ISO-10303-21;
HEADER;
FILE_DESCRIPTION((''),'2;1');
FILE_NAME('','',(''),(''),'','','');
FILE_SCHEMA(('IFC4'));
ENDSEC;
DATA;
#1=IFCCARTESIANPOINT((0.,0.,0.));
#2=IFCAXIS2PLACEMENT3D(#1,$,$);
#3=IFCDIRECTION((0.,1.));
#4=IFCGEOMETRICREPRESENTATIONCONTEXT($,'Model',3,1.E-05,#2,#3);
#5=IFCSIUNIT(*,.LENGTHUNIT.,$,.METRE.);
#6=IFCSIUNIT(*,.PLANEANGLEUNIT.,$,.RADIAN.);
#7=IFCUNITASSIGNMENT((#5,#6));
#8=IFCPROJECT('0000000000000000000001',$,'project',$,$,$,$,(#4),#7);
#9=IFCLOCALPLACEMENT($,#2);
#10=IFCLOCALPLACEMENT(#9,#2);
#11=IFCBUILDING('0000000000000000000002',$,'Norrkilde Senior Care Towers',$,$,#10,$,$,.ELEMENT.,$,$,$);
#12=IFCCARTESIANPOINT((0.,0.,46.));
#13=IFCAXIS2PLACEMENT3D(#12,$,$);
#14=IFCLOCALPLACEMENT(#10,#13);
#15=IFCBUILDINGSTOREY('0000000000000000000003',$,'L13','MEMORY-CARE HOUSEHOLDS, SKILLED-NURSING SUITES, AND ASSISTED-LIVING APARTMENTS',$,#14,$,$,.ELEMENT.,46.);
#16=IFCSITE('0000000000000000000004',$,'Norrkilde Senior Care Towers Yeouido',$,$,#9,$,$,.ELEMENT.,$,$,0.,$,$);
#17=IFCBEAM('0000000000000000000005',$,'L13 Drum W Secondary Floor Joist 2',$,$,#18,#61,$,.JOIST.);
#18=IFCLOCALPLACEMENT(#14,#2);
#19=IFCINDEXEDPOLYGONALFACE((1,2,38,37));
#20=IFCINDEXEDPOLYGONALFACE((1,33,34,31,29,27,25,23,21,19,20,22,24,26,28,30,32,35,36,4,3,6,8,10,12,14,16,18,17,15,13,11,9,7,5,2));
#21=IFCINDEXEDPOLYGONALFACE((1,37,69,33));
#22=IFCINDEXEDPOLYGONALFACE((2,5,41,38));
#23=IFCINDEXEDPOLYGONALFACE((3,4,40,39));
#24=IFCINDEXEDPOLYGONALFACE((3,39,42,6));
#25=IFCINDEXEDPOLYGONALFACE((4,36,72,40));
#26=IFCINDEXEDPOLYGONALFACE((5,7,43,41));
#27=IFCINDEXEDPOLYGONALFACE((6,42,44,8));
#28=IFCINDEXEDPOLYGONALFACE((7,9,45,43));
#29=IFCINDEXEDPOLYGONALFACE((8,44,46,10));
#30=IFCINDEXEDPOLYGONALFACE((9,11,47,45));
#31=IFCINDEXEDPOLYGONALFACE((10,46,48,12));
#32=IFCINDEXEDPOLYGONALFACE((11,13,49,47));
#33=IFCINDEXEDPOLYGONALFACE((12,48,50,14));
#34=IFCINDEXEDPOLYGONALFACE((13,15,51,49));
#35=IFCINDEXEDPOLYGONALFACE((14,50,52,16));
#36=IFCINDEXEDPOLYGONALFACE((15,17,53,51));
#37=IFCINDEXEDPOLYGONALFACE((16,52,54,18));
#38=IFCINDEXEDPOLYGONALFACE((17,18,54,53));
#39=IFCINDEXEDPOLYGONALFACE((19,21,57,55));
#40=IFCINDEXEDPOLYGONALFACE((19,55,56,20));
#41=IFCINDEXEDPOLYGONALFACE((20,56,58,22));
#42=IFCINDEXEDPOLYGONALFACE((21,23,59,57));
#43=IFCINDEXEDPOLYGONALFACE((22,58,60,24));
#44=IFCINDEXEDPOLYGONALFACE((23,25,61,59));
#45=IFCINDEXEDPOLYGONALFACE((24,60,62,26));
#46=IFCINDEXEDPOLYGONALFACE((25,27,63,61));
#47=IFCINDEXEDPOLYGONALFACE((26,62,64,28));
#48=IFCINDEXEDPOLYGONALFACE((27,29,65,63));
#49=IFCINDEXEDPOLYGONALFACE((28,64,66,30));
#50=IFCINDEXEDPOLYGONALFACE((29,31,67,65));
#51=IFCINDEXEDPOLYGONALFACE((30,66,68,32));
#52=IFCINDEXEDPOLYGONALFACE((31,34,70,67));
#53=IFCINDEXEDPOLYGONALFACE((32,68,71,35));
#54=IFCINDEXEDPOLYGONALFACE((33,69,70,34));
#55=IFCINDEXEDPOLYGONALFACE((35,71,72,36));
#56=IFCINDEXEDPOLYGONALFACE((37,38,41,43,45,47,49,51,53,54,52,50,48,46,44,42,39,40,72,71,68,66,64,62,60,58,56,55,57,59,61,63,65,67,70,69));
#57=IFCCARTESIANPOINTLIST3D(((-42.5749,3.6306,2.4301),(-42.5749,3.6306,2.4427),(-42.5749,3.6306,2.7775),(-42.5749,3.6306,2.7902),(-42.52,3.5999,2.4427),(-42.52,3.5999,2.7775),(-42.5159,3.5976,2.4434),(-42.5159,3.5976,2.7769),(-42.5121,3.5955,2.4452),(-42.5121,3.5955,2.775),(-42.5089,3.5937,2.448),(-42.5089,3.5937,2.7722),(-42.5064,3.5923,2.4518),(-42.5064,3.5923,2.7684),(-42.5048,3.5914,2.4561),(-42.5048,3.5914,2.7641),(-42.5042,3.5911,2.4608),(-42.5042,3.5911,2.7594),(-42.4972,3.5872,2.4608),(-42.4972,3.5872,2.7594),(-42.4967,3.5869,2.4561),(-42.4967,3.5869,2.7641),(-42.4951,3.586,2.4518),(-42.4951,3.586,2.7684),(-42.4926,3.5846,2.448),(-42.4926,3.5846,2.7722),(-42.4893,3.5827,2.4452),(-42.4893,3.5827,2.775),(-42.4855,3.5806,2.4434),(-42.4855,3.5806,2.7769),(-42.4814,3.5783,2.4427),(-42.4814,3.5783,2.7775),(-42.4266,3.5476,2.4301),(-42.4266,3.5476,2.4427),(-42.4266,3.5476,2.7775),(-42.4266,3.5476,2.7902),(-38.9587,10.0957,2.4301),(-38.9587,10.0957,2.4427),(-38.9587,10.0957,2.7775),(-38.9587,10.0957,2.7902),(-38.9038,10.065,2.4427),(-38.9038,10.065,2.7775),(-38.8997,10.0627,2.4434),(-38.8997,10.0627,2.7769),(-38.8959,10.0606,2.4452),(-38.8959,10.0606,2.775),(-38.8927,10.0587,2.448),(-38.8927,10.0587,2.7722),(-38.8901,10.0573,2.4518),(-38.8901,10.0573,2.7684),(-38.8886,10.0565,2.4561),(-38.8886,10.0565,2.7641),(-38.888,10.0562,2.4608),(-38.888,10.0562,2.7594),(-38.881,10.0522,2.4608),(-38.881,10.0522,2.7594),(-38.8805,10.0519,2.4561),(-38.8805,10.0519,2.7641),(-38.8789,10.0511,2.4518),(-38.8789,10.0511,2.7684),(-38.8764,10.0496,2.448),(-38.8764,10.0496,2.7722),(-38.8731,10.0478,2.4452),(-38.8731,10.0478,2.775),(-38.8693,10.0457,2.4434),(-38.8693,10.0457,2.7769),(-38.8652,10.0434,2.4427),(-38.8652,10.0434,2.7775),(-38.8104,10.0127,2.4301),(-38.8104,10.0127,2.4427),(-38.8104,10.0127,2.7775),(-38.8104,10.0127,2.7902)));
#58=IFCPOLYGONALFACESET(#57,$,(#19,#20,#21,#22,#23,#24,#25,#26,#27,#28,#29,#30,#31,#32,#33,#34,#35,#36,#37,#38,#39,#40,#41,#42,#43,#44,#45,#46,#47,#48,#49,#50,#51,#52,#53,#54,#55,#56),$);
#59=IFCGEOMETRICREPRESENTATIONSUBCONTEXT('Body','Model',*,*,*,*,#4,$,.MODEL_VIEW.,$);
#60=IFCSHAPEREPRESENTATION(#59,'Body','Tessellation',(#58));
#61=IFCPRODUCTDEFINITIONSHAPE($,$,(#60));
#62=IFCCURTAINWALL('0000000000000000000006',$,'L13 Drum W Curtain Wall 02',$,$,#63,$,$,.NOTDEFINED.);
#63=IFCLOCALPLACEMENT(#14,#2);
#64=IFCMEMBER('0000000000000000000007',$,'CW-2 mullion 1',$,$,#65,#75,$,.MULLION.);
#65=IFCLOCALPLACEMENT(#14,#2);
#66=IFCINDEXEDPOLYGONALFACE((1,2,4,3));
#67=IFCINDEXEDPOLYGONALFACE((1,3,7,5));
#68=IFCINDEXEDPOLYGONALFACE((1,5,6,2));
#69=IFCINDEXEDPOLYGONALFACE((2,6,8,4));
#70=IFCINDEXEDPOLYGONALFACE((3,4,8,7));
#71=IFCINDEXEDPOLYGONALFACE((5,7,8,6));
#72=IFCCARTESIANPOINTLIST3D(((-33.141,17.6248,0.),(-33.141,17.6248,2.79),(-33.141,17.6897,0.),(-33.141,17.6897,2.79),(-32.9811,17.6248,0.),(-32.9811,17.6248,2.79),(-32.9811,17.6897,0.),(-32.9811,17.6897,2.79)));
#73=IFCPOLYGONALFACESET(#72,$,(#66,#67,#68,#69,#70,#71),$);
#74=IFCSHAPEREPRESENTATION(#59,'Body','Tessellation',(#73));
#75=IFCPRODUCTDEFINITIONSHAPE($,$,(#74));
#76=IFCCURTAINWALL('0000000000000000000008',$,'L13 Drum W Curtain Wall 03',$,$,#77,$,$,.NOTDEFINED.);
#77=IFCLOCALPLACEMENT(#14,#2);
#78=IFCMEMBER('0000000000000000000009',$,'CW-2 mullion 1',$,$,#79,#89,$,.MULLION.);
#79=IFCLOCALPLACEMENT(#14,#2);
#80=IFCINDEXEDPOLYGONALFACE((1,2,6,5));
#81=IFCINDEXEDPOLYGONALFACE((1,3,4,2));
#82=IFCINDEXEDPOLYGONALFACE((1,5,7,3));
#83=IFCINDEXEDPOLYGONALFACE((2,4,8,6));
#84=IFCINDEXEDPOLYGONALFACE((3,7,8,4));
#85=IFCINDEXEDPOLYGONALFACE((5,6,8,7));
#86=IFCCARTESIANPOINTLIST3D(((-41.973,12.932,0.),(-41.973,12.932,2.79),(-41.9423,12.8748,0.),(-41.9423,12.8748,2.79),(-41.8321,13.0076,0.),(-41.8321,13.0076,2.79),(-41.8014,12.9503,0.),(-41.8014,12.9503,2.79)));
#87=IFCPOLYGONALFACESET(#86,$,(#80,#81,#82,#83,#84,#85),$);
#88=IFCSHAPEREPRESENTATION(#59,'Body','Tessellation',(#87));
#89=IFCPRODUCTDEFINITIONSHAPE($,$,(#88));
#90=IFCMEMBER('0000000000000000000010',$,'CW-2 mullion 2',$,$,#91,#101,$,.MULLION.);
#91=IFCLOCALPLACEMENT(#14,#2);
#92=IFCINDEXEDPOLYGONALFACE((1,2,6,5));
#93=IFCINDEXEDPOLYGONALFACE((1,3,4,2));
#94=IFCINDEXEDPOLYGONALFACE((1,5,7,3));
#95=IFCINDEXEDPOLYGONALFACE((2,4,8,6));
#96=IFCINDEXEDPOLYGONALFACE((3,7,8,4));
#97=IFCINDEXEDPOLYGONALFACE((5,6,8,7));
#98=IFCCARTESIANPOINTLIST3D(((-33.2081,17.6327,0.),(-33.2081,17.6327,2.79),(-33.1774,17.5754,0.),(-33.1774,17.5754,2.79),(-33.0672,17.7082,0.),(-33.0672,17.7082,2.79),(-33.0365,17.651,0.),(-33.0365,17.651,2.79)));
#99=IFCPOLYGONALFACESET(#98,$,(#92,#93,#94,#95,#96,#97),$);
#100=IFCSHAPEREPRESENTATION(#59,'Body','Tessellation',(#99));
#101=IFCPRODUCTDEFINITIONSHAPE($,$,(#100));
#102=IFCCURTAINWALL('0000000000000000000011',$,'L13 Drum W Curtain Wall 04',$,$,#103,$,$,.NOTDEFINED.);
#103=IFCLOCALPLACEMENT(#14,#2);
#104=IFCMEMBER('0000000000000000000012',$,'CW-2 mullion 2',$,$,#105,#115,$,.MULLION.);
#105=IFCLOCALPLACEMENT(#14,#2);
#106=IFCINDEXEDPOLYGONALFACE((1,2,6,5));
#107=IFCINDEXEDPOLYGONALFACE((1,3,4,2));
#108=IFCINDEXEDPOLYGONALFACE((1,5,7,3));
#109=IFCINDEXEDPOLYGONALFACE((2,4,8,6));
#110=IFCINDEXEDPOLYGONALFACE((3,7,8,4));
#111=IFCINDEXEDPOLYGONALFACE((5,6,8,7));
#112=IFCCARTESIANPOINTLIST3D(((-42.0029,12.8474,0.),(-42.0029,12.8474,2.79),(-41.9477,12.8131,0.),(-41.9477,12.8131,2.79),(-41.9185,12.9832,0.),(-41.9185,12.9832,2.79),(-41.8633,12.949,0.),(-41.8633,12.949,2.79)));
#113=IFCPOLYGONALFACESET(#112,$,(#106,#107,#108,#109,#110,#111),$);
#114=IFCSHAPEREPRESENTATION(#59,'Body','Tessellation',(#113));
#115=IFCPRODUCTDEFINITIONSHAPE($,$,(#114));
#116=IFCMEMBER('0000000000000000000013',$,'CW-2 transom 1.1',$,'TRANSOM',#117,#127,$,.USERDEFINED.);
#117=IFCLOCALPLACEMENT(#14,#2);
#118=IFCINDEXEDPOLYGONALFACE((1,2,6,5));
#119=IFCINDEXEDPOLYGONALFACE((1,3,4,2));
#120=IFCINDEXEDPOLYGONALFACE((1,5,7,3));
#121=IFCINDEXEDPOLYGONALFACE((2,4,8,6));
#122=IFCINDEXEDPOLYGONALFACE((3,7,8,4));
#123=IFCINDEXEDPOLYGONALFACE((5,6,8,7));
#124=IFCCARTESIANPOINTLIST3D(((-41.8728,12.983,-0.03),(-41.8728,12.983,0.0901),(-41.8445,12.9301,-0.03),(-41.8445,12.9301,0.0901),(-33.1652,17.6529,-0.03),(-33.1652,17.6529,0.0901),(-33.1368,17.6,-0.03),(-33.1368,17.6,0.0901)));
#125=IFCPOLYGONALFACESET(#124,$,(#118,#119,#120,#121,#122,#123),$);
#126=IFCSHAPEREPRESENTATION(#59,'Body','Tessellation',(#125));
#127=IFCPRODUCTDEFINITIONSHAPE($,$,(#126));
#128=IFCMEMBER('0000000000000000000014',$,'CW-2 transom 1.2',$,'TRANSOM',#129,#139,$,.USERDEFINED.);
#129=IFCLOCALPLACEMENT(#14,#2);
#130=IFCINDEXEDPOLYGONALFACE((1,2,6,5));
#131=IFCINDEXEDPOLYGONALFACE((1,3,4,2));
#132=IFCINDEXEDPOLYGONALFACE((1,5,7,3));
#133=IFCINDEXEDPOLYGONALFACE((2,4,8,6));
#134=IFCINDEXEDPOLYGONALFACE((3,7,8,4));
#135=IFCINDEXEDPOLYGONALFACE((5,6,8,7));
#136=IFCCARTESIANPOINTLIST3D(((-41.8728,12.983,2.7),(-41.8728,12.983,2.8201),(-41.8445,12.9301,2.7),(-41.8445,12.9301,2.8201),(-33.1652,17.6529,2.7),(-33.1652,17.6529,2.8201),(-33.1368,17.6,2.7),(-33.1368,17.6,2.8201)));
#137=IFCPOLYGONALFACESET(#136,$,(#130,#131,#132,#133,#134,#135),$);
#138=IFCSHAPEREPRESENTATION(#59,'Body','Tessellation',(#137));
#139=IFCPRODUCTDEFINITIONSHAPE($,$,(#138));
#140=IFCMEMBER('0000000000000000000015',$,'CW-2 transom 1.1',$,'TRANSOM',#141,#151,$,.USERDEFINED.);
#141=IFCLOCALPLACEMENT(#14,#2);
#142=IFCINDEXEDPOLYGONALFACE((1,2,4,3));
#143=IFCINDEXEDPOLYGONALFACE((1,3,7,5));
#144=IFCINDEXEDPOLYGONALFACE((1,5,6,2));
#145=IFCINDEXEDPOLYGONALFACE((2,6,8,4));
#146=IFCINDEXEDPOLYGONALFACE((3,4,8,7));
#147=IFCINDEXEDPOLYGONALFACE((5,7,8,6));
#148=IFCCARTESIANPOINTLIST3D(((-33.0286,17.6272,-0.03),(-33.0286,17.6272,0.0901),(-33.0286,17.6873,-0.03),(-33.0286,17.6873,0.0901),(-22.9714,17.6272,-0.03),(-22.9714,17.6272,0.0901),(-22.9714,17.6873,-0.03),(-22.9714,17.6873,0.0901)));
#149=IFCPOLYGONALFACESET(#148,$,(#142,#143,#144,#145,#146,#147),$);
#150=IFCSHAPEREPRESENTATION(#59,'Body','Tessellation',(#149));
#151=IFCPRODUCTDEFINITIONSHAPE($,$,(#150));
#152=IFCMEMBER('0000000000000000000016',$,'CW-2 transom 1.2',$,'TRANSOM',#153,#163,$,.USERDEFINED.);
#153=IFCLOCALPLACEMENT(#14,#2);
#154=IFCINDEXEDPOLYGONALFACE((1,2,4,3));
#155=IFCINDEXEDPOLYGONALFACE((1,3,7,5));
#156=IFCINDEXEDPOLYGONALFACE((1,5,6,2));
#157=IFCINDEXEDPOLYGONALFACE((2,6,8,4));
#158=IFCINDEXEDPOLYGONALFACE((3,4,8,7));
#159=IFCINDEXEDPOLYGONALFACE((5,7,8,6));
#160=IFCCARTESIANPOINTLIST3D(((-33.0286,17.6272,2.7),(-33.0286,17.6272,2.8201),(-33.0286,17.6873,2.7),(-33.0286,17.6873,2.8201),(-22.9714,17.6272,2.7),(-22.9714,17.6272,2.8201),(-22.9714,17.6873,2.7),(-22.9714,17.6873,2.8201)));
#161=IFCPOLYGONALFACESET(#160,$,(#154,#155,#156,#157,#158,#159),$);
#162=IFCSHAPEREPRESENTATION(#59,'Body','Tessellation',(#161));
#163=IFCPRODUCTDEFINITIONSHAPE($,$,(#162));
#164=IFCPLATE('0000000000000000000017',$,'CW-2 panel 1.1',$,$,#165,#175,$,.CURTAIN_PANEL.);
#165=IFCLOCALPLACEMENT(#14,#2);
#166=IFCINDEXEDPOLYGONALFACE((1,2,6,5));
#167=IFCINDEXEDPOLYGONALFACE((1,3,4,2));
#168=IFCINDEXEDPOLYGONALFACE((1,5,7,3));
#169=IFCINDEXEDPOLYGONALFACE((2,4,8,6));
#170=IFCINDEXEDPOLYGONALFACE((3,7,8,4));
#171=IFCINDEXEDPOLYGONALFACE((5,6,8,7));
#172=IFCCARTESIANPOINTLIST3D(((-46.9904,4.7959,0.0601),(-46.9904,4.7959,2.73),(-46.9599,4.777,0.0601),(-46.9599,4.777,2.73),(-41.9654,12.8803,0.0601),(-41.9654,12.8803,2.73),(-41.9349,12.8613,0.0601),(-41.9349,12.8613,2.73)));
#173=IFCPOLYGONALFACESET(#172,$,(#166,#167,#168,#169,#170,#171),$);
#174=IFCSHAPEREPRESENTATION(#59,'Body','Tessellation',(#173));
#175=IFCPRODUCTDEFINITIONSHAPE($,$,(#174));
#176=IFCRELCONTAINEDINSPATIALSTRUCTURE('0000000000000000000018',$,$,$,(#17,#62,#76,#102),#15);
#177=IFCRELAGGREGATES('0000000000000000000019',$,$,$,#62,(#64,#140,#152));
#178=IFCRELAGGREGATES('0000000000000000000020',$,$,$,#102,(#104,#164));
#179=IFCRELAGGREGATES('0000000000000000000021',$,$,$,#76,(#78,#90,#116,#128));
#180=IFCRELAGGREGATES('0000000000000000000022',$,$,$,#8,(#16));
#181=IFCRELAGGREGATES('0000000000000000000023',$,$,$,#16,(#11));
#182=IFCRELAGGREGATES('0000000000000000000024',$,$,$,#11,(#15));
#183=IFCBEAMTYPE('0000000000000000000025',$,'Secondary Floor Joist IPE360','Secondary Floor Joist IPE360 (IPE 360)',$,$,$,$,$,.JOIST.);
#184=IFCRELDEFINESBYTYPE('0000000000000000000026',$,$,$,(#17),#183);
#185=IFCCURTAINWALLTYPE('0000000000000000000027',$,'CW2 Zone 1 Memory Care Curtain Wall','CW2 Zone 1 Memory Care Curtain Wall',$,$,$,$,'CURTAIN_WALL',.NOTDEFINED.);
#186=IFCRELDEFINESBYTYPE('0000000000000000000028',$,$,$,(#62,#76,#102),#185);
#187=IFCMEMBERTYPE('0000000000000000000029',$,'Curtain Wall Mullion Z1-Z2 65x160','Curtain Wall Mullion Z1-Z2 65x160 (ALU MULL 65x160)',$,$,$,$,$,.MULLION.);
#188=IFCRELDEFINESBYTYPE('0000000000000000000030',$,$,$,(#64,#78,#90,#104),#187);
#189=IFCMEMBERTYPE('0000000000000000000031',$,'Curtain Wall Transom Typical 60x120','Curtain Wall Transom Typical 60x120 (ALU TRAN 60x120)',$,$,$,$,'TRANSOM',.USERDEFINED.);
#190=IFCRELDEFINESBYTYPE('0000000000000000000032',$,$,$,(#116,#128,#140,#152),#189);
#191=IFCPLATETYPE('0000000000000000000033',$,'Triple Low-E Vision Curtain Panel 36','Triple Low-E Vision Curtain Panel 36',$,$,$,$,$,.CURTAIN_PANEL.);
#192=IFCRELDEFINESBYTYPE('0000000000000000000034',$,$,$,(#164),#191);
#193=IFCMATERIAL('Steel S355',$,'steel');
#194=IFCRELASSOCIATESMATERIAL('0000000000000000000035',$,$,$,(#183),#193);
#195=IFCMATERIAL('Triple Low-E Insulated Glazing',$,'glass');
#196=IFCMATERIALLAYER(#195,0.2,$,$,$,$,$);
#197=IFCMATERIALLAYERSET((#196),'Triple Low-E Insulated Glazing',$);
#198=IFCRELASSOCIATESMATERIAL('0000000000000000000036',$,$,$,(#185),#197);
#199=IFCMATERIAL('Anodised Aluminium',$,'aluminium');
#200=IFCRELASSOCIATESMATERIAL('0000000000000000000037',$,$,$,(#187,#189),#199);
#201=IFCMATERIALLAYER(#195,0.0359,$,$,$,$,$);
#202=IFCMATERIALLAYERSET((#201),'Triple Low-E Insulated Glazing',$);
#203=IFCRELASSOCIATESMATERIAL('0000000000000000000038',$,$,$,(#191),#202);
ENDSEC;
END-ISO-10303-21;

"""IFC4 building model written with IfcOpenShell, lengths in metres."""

from ifc_helpers import new_model, si_unit, direction, frame, origin, origin_2d, place, context, subcontext, project, spatial, rectangle, i_section, extrude, source, transform, mapped, material, layer, layer_set, material_profile, profile_set, type_object, type_shapes, element, aggregate, save


model = new_model("IFC4")

# Units and contexts
model_context = context("Model", 3, precision=1e-05, world=origin(), true_north=direction((0.0, 1.0)))
body_context = subcontext(model_context, "Body", "Model", "MODEL_VIEW")
ifc_project = project(units=[si_unit("LENGTHUNIT", "METRE"), si_unit("PLANEANGLEUNIT", "RADIAN")], contexts=[model_context])

# Site, building, storey
site_placement = place(None, origin())
site = spatial("IfcSite", under=ifc_project, at=site_placement, Name="Norrkilde Senior Care Towers Yeouido", CompositionType="ELEMENT", RefElevation=0.0)
building_placement = place(site_placement, origin())
building = spatial("IfcBuilding", under=site, at=building_placement, Name="Norrkilde Senior Care Towers", CompositionType="ELEMENT")
storey_placement = place(building_placement, frame((0.0, 0.0, 46.0)))
storey = spatial("IfcBuildingStorey", under=building, at=storey_placement, Name="L13", Description="MEMORY-CARE HOUSEHOLDS, SKILLED-NURSING SUITES, AND ASSISTED-LIVING APARTMENTS", CompositionType="ELEMENT", Elevation=46.0)

# Beam
ifc_material_1 = material(Name="Steel S355", Category="steel")
ifc_material_profile_1 = material_profile(ifc_material_1, i_section(OverallWidth=0.1699, OverallDepth=0.3601, WebThickness=0.0081, FlangeThickness=0.0127, FilletRadius=0.0181, at=origin_2d()), Name="IPE 360")
ifc_profile_set_1 = profile_set([ifc_material_profile_1], Name="Steel S355")
beam_type_1 = type_object("IfcBeamType", Name="Secondary Floor Joist IPE360", Description="Secondary Floor Joist IPE360 (IPE 360)", PredefinedType="JOIST", material=ifc_profile_set_1)
shared_shape_1 = source(origin(), body_context, "Body", "SweptSolid", [
    extrude(i_section(OverallWidth=0.1699, OverallDepth=0.3601, WebThickness=0.0081, FlangeThickness=0.0127, FilletRadius=0.0181, at=origin_2d()), origin(), (0.0, 0.0, 1.0), 7.4077),
])
type_shapes(beam_type_1, [shared_shape_1])
beam_1_placement = place(storey_placement, frame((-38.8845, 10.0542, 2.6101), z_axis=(-0.488168, -0.87275, 0.0), x_axis=(0.87275, -0.488168, 0.0)))
element("IfcBeam", 1, at=beam_1_placement, inside=storey, type_object=beam_type_1, Name="L13 Drum W Secondary Floor Joist 2", PredefinedType="JOIST", context=body_context, shape_type="MappedRepresentation", body=[
    mapped(shared_shape_1, transform((0.0, 0.0, 0.0), x_axis=(1.0, 0.0, 0.0), y_axis=(0.0, 1.0, 0.0), z_axis=(0.0, 0.0, 1.0), scale=1.0)),
])

# Curtain wall, member
ifc_material_2 = material(Name="Triple Low-E Insulated Glazing", Category="glass")
ifc_layer_1 = layer(ifc_material_2, 0.2)
ifc_layer_set_1 = layer_set([ifc_layer_1], Name="Triple Low-E Insulated Glazing")
curtain_wall_type = type_object("IfcCurtainWallType", Name="CW2 Zone 1 Memory Care Curtain Wall", Description="CW2 Zone 1 Memory Care Curtain Wall", ElementType="CURTAIN_WALL", PredefinedType="NOTDEFINED", material=ifc_layer_set_1)
curtain_wall_1_placement = place(storey_placement, origin())
curtain_wall_1 = element("IfcCurtainWall", 2, at=curtain_wall_1_placement, inside=storey, type_object=curtain_wall_type, Name="L13 Drum W Curtain Wall 02", PredefinedType="NOTDEFINED")
ifc_material_3 = material(Name="Anodised Aluminium", Category="aluminium")
ifc_material_profile_2 = material_profile(ifc_material_3, rectangle(XDim=0.0649, YDim=0.1599, at=origin_2d()), Name="ALU MULL 65x160")
ifc_profile_set_2 = profile_set([ifc_material_profile_2], Name="Anodised Aluminium")
member_type_1 = type_object("IfcMemberType", Name="Curtain Wall Mullion Z1-Z2 65x160", Description="Curtain Wall Mullion Z1-Z2 65x160 (ALU MULL 65x160)", PredefinedType="MULLION", material=ifc_profile_set_2)
shared_shape_2 = source(origin(), body_context, "Body", "SweptSolid", [
    extrude(rectangle(XDim=0.0649, YDim=0.1599, at=origin_2d()), origin(), (0.0, 0.0, 1.0), 2.79),
])
type_shapes(member_type_1, [shared_shape_2])
member_1_placement = place(storey_placement, frame((-33.061, 17.6572, 0.0), z_axis=(0.0, 0.0, 1.0), x_axis=(0.0, 1.0, 0.0)))
member_1 = element("IfcMember", 3, at=member_1_placement, type_object=member_type_1, Name="CW-2 mullion 1", PredefinedType="MULLION", context=body_context, shape_type="MappedRepresentation", body=[
    mapped(shared_shape_2, transform((0.0, 0.0, 0.0), x_axis=(1.0, 0.0, 0.0), y_axis=(0.0, 1.0, 0.0), z_axis=(0.0, 0.0, 1.0), scale=1.0)),
])

# Curtain wall, members
curtain_wall_2_placement = place(storey_placement, origin())
curtain_wall_2 = element("IfcCurtainWall", 4, at=curtain_wall_2_placement, inside=storey, type_object=curtain_wall_type, Name="L13 Drum W Curtain Wall 03", PredefinedType="NOTDEFINED")
member_2_placement = place(storey_placement, frame((-41.8872, 12.9412, 0.0), z_axis=(0.0, 0.0, 1.0), x_axis=(-0.472608, 0.881273, 0.0)))
member_2 = element("IfcMember", 5, at=member_2_placement, type_object=member_type_1, Name="CW-2 mullion 1", PredefinedType="MULLION", context=body_context, shape_type="MappedRepresentation", body=[
    mapped(shared_shape_2, transform((0.0, 0.0, 0.0), x_axis=(1.0, 0.0, 0.0), y_axis=(0.0, 1.0, 0.0), z_axis=(0.0, 0.0, 1.0), scale=1.0)),
])
member_3_placement = place(storey_placement, frame((-33.1223, 17.6418, 0.0), z_axis=(0.0, 0.0, 1.0), x_axis=(-0.472608, 0.881273, 0.0)))
member_3 = element("IfcMember", 6, at=member_3_placement, type_object=member_type_1, Name="CW-2 mullion 2", PredefinedType="MULLION", context=body_context, shape_type="MappedRepresentation", body=[
    mapped(shared_shape_2, transform((0.0, 0.0, 0.0), x_axis=(1.0, 0.0, 0.0), y_axis=(0.0, 1.0, 0.0), z_axis=(0.0, 0.0, 1.0), scale=1.0)),
])

# Curtain wall, member
curtain_wall_3_placement = place(storey_placement, origin())
curtain_wall_3 = element("IfcCurtainWall", 7, at=curtain_wall_3_placement, inside=storey, type_object=curtain_wall_type, Name="L13 Drum W Curtain Wall 04", PredefinedType="NOTDEFINED")
member_4_placement = place(storey_placement, frame((-41.9331, 12.8982, 0.0), z_axis=(0.0, 0.0, 1.0), x_axis=(-0.849306, 0.527901, 0.0)))
member_4 = element("IfcMember", 8, at=member_4_placement, type_object=member_type_1, Name="CW-2 mullion 2", PredefinedType="MULLION", context=body_context, shape_type="MappedRepresentation", body=[
    mapped(shared_shape_2, transform((0.0, 0.0, 0.0), x_axis=(1.0, 0.0, 0.0), y_axis=(0.0, 1.0, 0.0), z_axis=(0.0, 0.0, 1.0), scale=1.0)),
])

# Members
ifc_material_profile_3 = material_profile(ifc_material_3, rectangle(XDim=0.0601, YDim=0.1201, at=origin_2d()), Name="ALU TRAN 60x120")
ifc_profile_set_3 = profile_set([ifc_material_profile_3], Name="Anodised Aluminium")
member_type_2 = type_object("IfcMemberType", Name="Curtain Wall Transom Typical 60x120", Description="Curtain Wall Transom Typical 60x120 (ALU TRAN 60x120)", ElementType="TRANSOM", PredefinedType="USERDEFINED", material=ifc_profile_set_3)
shared_shape_3 = source(origin(), body_context, "Body", "SweptSolid", [
    extrude(rectangle(XDim=0.0601, YDim=0.1201, at=origin_2d()), origin(), (0.0, 0.0, 1.0), 9.8809),
])
member_5_placement = place(storey_placement, frame((-41.8586, 12.9565, 0.03), z_axis=(0.881267, 0.472618, 0.0), x_axis=(-0.472618, 0.881267, 0.0)))
member_5 = element("IfcMember", 9, at=member_5_placement, type_object=member_type_2, Name="CW-2 transom 1.1", ObjectType="TRANSOM", PredefinedType="USERDEFINED", context=body_context, shape_type="MappedRepresentation", body=[
    mapped(shared_shape_3, transform((0.0, 0.0, 0.0), x_axis=(1.0, 0.0, 0.0), y_axis=(0.0, 1.0, 0.0), z_axis=(0.0, 0.0, 1.0), scale=1.0)),
])
member_6_placement = place(storey_placement, frame((-41.8586, 12.9565, 2.76), z_axis=(0.881267, 0.472618, 0.0), x_axis=(-0.472618, 0.881267, 0.0)))
member_6 = element("IfcMember", 10, at=member_6_placement, type_object=member_type_2, Name="CW-2 transom 1.2", ObjectType="TRANSOM", PredefinedType="USERDEFINED", context=body_context, shape_type="MappedRepresentation", body=[
    mapped(shared_shape_3, transform((0.0, 0.0, 0.0), x_axis=(1.0, 0.0, 0.0), y_axis=(0.0, 1.0, 0.0), z_axis=(0.0, 0.0, 1.0), scale=1.0)),
])
shared_shape_4 = source(origin(), body_context, "Body", "SweptSolid", [
    extrude(rectangle(XDim=0.0601, YDim=0.1201, at=origin_2d()), origin(), (0.0, 0.0, 1.0), 10.0571),
])
type_shapes(member_type_2, [shared_shape_3, shared_shape_4])
member_7_placement = place(storey_placement, frame((-33.0286, 17.6572, 0.03), z_axis=(1.0, 0.0, 0.0), x_axis=(0.0, 1.0, 0.0)))
member_7 = element("IfcMember", 11, at=member_7_placement, type_object=member_type_2, Name="CW-2 transom 1.1", ObjectType="TRANSOM", PredefinedType="USERDEFINED", context=body_context, shape_type="MappedRepresentation", body=[
    mapped(shared_shape_4, transform((0.0, 0.0, 0.0), x_axis=(1.0, 0.0, 0.0), y_axis=(0.0, 1.0, 0.0), z_axis=(0.0, 0.0, 1.0), scale=1.0)),
])
member_8_placement = place(storey_placement, frame((-33.0286, 17.6572, 2.76), z_axis=(1.0, 0.0, 0.0), x_axis=(0.0, 1.0, 0.0)))
member_8 = element("IfcMember", 12, at=member_8_placement, type_object=member_type_2, Name="CW-2 transom 1.2", ObjectType="TRANSOM", PredefinedType="USERDEFINED", context=body_context, shape_type="MappedRepresentation", body=[
    mapped(shared_shape_4, transform((0.0, 0.0, 0.0), x_axis=(1.0, 0.0, 0.0), y_axis=(0.0, 1.0, 0.0), z_axis=(0.0, 0.0, 1.0), scale=1.0)),
])
aggregate(curtain_wall_1, [member_1, member_7, member_8])

# Plate
ifc_layer_2 = layer(ifc_material_2, 0.0359)
ifc_layer_set_2 = layer_set([ifc_layer_2], Name="Triple Low-E Insulated Glazing")
plate_type = type_object("IfcPlateType", Name="Triple Low-E Vision Curtain Panel 36", Description="Triple Low-E Vision Curtain Panel 36", PredefinedType="CURTAIN_PANEL", material=ifc_layer_set_2)
shared_shape_5 = source(origin(), body_context, "Body", "SweptSolid", [
    extrude(rectangle(XDim=9.5188, YDim=0.0359, at=origin_2d()), origin(), (0.0, 0.0, 1.0), 2.6699),
])
plate_1_placement = place(storey_placement, frame((-44.4626, 8.8286, 0.0601), z_axis=(0.0, 0.0, 1.0), x_axis=(0.527901, 0.849306, 0.0)))
plate_1 = element("IfcPlate", 13, at=plate_1_placement, type_object=plate_type, Name="CW-2 panel 1.1", PredefinedType="CURTAIN_PANEL", context=body_context, shape_type="MappedRepresentation", body=[
    mapped(shared_shape_5, transform((0.0, 0.0, 0.0), x_axis=(1.0, 0.0, 0.0), y_axis=(0.0, 1.0, 0.0), z_axis=(0.0, 0.0, 1.0), scale=1.0)),
])
aggregate(curtain_wall_3, [member_4, plate_1])
aggregate(curtain_wall_2, [member_2, member_3, member_5, member_6])

save(model, "model.ifc")
